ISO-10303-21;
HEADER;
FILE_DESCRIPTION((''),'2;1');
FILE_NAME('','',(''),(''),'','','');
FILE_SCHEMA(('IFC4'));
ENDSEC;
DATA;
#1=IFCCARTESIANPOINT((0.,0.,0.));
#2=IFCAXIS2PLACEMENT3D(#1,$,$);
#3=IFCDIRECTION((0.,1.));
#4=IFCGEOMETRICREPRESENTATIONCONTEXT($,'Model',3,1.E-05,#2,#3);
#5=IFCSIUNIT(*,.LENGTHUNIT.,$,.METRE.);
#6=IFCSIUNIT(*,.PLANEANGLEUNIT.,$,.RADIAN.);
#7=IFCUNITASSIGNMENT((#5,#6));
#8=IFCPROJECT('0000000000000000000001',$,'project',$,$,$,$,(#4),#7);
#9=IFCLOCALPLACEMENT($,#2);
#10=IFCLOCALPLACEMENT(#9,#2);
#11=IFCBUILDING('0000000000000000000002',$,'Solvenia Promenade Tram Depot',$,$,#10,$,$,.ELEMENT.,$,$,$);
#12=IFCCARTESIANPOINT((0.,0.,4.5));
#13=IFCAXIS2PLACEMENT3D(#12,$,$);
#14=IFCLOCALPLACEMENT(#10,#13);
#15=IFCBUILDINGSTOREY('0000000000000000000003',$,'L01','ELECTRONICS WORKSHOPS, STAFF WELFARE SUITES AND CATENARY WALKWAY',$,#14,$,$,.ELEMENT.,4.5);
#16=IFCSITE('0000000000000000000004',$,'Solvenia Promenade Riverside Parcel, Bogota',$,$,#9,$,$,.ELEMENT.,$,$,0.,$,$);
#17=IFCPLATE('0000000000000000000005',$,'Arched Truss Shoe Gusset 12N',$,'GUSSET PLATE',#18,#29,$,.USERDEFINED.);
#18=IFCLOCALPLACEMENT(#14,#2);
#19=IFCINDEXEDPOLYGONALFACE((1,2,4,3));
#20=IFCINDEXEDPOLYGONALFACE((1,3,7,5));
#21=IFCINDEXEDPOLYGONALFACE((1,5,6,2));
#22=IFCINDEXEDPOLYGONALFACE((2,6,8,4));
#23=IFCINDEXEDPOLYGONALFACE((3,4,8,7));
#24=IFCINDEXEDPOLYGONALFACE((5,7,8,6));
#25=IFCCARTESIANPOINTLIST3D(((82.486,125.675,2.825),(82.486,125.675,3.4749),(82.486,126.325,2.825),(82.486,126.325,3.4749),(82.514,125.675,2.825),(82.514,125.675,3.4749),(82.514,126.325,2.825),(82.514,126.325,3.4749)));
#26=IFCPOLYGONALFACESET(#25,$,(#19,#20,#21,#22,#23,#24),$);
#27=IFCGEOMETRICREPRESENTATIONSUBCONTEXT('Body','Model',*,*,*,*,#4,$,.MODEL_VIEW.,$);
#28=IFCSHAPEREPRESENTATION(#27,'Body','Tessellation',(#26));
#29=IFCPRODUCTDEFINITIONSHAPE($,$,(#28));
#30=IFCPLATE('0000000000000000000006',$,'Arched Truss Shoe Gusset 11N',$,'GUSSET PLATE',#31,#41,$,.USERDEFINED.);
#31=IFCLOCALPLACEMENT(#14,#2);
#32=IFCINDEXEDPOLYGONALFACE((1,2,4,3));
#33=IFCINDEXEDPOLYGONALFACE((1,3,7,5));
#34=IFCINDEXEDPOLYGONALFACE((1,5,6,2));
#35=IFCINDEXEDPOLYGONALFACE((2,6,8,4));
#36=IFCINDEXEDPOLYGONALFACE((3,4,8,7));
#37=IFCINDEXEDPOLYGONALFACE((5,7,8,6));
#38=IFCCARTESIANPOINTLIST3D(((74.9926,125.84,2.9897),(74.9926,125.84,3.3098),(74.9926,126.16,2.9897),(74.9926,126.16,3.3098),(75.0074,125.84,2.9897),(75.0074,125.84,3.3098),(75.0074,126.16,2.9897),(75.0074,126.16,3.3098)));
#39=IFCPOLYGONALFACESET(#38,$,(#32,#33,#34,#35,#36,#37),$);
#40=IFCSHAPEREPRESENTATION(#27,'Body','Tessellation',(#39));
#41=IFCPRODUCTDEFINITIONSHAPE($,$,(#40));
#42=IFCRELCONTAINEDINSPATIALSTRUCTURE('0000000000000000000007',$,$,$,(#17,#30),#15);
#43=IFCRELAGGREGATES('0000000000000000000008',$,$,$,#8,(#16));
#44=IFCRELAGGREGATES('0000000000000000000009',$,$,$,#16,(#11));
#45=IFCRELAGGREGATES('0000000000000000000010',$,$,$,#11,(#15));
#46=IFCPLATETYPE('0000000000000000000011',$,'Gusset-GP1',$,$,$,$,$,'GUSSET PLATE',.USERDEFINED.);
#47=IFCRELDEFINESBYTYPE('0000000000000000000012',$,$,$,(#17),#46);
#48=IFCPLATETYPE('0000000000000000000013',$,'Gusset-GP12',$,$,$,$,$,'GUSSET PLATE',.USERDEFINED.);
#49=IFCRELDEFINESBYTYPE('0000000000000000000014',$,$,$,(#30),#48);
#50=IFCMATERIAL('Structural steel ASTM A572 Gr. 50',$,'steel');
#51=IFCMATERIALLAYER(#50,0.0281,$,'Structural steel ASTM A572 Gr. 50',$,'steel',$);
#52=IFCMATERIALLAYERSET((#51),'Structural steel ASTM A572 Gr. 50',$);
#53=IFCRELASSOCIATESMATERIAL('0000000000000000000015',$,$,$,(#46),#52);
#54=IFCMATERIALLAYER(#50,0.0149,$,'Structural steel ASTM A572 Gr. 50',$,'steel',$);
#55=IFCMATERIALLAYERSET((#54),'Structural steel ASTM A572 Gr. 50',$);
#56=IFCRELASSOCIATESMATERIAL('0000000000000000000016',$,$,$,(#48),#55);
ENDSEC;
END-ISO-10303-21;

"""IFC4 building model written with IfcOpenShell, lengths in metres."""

from ifc_helpers import new_model, si_unit, direction, frame, origin, origin_2d, place, context, subcontext, project, spatial, rectangle, extrude, material, layer, layer_set, type_object, element, save


model = new_model("IFC4")

# Units and contexts
model_context = context("Model", 3, precision=1e-05, world=origin(), true_north=direction((0.0, 1.0)))
body_context = subcontext(model_context, "Body", "Model", "MODEL_VIEW")
ifc_project = project(units=[si_unit("LENGTHUNIT", "METRE"), si_unit("PLANEANGLEUNIT", "RADIAN")], contexts=[model_context])

# Site, building, storey
site_placement = place(None, origin())
site = spatial("IfcSite", under=ifc_project, at=site_placement, Name="Solvenia Promenade Riverside Parcel, Bogota", CompositionType="ELEMENT", RefElevation=0.0)
building_placement = place(site_placement, origin())
building = spatial("IfcBuilding", under=site, at=building_placement, Name="Solvenia Promenade Tram Depot", CompositionType="ELEMENT")
storey_placement = place(building_placement, frame((0.0, 0.0, 4.5)))
storey = spatial("IfcBuildingStorey", under=building, at=storey_placement, Name="L01", Description="ELECTRONICS WORKSHOPS, STAFF WELFARE SUITES AND CATENARY WALKWAY", CompositionType="ELEMENT", Elevation=4.5)

# Plates
ifc_material_1 = material(Name="Structural steel ASTM A572 Gr. 50", Category="steel")
ifc_layer_1 = layer(ifc_material_1, 0.0281, Name="Structural steel ASTM A572 Gr. 50", Category="steel")
ifc_layer_set_1 = layer_set([ifc_layer_1], Name="Structural steel ASTM A572 Gr. 50")
plate_type_1 = type_object("IfcPlateType", Name="Gusset-GP1", ElementType="GUSSET PLATE", PredefinedType="USERDEFINED", material=ifc_layer_set_1)
plate_1_placement = place(storey_placement, frame((82.5, 126.0, 2.825), z_axis=(0.0, 0.0, 1.0), x_axis=(1.0, 0.0, 0.0)))
element("IfcPlate", 1, at=plate_1_placement, inside=storey, type_object=plate_type_1, Name="Arched Truss Shoe Gusset 12N", ObjectType="GUSSET PLATE", PredefinedType="USERDEFINED", context=body_context, shape_type="SweptSolid", body=[
    extrude(rectangle(XDim=0.0281, YDim=0.6499, at=origin_2d()), origin(), (0.0, 0.0, 1.0), 0.6499),
])
ifc_layer_2 = layer(ifc_material_1, 0.0149, Name="Structural steel ASTM A572 Gr. 50", Category="steel")
ifc_layer_set_2 = layer_set([ifc_layer_2], Name="Structural steel ASTM A572 Gr. 50")
plate_type_2 = type_object("IfcPlateType", Name="Gusset-GP12", ElementType="GUSSET PLATE", PredefinedType="USERDEFINED", material=ifc_layer_set_2)
plate_2_placement = place(storey_placement, frame((75.0, 126.0, 2.9897), z_axis=(0.0, 0.0, 1.0), x_axis=(1.0, 0.0, 0.0)))
element("IfcPlate", 2, at=plate_2_placement, inside=storey, type_object=plate_type_2, Name="Arched Truss Shoe Gusset 11N", ObjectType="GUSSET PLATE", PredefinedType="USERDEFINED", context=body_context, shape_type="SweptSolid", body=[
    extrude(rectangle(XDim=0.0149, YDim=0.3201, at=origin_2d()), origin(), (0.0, 0.0, 1.0), 0.3201),
])

save(model, "model.ifc")
